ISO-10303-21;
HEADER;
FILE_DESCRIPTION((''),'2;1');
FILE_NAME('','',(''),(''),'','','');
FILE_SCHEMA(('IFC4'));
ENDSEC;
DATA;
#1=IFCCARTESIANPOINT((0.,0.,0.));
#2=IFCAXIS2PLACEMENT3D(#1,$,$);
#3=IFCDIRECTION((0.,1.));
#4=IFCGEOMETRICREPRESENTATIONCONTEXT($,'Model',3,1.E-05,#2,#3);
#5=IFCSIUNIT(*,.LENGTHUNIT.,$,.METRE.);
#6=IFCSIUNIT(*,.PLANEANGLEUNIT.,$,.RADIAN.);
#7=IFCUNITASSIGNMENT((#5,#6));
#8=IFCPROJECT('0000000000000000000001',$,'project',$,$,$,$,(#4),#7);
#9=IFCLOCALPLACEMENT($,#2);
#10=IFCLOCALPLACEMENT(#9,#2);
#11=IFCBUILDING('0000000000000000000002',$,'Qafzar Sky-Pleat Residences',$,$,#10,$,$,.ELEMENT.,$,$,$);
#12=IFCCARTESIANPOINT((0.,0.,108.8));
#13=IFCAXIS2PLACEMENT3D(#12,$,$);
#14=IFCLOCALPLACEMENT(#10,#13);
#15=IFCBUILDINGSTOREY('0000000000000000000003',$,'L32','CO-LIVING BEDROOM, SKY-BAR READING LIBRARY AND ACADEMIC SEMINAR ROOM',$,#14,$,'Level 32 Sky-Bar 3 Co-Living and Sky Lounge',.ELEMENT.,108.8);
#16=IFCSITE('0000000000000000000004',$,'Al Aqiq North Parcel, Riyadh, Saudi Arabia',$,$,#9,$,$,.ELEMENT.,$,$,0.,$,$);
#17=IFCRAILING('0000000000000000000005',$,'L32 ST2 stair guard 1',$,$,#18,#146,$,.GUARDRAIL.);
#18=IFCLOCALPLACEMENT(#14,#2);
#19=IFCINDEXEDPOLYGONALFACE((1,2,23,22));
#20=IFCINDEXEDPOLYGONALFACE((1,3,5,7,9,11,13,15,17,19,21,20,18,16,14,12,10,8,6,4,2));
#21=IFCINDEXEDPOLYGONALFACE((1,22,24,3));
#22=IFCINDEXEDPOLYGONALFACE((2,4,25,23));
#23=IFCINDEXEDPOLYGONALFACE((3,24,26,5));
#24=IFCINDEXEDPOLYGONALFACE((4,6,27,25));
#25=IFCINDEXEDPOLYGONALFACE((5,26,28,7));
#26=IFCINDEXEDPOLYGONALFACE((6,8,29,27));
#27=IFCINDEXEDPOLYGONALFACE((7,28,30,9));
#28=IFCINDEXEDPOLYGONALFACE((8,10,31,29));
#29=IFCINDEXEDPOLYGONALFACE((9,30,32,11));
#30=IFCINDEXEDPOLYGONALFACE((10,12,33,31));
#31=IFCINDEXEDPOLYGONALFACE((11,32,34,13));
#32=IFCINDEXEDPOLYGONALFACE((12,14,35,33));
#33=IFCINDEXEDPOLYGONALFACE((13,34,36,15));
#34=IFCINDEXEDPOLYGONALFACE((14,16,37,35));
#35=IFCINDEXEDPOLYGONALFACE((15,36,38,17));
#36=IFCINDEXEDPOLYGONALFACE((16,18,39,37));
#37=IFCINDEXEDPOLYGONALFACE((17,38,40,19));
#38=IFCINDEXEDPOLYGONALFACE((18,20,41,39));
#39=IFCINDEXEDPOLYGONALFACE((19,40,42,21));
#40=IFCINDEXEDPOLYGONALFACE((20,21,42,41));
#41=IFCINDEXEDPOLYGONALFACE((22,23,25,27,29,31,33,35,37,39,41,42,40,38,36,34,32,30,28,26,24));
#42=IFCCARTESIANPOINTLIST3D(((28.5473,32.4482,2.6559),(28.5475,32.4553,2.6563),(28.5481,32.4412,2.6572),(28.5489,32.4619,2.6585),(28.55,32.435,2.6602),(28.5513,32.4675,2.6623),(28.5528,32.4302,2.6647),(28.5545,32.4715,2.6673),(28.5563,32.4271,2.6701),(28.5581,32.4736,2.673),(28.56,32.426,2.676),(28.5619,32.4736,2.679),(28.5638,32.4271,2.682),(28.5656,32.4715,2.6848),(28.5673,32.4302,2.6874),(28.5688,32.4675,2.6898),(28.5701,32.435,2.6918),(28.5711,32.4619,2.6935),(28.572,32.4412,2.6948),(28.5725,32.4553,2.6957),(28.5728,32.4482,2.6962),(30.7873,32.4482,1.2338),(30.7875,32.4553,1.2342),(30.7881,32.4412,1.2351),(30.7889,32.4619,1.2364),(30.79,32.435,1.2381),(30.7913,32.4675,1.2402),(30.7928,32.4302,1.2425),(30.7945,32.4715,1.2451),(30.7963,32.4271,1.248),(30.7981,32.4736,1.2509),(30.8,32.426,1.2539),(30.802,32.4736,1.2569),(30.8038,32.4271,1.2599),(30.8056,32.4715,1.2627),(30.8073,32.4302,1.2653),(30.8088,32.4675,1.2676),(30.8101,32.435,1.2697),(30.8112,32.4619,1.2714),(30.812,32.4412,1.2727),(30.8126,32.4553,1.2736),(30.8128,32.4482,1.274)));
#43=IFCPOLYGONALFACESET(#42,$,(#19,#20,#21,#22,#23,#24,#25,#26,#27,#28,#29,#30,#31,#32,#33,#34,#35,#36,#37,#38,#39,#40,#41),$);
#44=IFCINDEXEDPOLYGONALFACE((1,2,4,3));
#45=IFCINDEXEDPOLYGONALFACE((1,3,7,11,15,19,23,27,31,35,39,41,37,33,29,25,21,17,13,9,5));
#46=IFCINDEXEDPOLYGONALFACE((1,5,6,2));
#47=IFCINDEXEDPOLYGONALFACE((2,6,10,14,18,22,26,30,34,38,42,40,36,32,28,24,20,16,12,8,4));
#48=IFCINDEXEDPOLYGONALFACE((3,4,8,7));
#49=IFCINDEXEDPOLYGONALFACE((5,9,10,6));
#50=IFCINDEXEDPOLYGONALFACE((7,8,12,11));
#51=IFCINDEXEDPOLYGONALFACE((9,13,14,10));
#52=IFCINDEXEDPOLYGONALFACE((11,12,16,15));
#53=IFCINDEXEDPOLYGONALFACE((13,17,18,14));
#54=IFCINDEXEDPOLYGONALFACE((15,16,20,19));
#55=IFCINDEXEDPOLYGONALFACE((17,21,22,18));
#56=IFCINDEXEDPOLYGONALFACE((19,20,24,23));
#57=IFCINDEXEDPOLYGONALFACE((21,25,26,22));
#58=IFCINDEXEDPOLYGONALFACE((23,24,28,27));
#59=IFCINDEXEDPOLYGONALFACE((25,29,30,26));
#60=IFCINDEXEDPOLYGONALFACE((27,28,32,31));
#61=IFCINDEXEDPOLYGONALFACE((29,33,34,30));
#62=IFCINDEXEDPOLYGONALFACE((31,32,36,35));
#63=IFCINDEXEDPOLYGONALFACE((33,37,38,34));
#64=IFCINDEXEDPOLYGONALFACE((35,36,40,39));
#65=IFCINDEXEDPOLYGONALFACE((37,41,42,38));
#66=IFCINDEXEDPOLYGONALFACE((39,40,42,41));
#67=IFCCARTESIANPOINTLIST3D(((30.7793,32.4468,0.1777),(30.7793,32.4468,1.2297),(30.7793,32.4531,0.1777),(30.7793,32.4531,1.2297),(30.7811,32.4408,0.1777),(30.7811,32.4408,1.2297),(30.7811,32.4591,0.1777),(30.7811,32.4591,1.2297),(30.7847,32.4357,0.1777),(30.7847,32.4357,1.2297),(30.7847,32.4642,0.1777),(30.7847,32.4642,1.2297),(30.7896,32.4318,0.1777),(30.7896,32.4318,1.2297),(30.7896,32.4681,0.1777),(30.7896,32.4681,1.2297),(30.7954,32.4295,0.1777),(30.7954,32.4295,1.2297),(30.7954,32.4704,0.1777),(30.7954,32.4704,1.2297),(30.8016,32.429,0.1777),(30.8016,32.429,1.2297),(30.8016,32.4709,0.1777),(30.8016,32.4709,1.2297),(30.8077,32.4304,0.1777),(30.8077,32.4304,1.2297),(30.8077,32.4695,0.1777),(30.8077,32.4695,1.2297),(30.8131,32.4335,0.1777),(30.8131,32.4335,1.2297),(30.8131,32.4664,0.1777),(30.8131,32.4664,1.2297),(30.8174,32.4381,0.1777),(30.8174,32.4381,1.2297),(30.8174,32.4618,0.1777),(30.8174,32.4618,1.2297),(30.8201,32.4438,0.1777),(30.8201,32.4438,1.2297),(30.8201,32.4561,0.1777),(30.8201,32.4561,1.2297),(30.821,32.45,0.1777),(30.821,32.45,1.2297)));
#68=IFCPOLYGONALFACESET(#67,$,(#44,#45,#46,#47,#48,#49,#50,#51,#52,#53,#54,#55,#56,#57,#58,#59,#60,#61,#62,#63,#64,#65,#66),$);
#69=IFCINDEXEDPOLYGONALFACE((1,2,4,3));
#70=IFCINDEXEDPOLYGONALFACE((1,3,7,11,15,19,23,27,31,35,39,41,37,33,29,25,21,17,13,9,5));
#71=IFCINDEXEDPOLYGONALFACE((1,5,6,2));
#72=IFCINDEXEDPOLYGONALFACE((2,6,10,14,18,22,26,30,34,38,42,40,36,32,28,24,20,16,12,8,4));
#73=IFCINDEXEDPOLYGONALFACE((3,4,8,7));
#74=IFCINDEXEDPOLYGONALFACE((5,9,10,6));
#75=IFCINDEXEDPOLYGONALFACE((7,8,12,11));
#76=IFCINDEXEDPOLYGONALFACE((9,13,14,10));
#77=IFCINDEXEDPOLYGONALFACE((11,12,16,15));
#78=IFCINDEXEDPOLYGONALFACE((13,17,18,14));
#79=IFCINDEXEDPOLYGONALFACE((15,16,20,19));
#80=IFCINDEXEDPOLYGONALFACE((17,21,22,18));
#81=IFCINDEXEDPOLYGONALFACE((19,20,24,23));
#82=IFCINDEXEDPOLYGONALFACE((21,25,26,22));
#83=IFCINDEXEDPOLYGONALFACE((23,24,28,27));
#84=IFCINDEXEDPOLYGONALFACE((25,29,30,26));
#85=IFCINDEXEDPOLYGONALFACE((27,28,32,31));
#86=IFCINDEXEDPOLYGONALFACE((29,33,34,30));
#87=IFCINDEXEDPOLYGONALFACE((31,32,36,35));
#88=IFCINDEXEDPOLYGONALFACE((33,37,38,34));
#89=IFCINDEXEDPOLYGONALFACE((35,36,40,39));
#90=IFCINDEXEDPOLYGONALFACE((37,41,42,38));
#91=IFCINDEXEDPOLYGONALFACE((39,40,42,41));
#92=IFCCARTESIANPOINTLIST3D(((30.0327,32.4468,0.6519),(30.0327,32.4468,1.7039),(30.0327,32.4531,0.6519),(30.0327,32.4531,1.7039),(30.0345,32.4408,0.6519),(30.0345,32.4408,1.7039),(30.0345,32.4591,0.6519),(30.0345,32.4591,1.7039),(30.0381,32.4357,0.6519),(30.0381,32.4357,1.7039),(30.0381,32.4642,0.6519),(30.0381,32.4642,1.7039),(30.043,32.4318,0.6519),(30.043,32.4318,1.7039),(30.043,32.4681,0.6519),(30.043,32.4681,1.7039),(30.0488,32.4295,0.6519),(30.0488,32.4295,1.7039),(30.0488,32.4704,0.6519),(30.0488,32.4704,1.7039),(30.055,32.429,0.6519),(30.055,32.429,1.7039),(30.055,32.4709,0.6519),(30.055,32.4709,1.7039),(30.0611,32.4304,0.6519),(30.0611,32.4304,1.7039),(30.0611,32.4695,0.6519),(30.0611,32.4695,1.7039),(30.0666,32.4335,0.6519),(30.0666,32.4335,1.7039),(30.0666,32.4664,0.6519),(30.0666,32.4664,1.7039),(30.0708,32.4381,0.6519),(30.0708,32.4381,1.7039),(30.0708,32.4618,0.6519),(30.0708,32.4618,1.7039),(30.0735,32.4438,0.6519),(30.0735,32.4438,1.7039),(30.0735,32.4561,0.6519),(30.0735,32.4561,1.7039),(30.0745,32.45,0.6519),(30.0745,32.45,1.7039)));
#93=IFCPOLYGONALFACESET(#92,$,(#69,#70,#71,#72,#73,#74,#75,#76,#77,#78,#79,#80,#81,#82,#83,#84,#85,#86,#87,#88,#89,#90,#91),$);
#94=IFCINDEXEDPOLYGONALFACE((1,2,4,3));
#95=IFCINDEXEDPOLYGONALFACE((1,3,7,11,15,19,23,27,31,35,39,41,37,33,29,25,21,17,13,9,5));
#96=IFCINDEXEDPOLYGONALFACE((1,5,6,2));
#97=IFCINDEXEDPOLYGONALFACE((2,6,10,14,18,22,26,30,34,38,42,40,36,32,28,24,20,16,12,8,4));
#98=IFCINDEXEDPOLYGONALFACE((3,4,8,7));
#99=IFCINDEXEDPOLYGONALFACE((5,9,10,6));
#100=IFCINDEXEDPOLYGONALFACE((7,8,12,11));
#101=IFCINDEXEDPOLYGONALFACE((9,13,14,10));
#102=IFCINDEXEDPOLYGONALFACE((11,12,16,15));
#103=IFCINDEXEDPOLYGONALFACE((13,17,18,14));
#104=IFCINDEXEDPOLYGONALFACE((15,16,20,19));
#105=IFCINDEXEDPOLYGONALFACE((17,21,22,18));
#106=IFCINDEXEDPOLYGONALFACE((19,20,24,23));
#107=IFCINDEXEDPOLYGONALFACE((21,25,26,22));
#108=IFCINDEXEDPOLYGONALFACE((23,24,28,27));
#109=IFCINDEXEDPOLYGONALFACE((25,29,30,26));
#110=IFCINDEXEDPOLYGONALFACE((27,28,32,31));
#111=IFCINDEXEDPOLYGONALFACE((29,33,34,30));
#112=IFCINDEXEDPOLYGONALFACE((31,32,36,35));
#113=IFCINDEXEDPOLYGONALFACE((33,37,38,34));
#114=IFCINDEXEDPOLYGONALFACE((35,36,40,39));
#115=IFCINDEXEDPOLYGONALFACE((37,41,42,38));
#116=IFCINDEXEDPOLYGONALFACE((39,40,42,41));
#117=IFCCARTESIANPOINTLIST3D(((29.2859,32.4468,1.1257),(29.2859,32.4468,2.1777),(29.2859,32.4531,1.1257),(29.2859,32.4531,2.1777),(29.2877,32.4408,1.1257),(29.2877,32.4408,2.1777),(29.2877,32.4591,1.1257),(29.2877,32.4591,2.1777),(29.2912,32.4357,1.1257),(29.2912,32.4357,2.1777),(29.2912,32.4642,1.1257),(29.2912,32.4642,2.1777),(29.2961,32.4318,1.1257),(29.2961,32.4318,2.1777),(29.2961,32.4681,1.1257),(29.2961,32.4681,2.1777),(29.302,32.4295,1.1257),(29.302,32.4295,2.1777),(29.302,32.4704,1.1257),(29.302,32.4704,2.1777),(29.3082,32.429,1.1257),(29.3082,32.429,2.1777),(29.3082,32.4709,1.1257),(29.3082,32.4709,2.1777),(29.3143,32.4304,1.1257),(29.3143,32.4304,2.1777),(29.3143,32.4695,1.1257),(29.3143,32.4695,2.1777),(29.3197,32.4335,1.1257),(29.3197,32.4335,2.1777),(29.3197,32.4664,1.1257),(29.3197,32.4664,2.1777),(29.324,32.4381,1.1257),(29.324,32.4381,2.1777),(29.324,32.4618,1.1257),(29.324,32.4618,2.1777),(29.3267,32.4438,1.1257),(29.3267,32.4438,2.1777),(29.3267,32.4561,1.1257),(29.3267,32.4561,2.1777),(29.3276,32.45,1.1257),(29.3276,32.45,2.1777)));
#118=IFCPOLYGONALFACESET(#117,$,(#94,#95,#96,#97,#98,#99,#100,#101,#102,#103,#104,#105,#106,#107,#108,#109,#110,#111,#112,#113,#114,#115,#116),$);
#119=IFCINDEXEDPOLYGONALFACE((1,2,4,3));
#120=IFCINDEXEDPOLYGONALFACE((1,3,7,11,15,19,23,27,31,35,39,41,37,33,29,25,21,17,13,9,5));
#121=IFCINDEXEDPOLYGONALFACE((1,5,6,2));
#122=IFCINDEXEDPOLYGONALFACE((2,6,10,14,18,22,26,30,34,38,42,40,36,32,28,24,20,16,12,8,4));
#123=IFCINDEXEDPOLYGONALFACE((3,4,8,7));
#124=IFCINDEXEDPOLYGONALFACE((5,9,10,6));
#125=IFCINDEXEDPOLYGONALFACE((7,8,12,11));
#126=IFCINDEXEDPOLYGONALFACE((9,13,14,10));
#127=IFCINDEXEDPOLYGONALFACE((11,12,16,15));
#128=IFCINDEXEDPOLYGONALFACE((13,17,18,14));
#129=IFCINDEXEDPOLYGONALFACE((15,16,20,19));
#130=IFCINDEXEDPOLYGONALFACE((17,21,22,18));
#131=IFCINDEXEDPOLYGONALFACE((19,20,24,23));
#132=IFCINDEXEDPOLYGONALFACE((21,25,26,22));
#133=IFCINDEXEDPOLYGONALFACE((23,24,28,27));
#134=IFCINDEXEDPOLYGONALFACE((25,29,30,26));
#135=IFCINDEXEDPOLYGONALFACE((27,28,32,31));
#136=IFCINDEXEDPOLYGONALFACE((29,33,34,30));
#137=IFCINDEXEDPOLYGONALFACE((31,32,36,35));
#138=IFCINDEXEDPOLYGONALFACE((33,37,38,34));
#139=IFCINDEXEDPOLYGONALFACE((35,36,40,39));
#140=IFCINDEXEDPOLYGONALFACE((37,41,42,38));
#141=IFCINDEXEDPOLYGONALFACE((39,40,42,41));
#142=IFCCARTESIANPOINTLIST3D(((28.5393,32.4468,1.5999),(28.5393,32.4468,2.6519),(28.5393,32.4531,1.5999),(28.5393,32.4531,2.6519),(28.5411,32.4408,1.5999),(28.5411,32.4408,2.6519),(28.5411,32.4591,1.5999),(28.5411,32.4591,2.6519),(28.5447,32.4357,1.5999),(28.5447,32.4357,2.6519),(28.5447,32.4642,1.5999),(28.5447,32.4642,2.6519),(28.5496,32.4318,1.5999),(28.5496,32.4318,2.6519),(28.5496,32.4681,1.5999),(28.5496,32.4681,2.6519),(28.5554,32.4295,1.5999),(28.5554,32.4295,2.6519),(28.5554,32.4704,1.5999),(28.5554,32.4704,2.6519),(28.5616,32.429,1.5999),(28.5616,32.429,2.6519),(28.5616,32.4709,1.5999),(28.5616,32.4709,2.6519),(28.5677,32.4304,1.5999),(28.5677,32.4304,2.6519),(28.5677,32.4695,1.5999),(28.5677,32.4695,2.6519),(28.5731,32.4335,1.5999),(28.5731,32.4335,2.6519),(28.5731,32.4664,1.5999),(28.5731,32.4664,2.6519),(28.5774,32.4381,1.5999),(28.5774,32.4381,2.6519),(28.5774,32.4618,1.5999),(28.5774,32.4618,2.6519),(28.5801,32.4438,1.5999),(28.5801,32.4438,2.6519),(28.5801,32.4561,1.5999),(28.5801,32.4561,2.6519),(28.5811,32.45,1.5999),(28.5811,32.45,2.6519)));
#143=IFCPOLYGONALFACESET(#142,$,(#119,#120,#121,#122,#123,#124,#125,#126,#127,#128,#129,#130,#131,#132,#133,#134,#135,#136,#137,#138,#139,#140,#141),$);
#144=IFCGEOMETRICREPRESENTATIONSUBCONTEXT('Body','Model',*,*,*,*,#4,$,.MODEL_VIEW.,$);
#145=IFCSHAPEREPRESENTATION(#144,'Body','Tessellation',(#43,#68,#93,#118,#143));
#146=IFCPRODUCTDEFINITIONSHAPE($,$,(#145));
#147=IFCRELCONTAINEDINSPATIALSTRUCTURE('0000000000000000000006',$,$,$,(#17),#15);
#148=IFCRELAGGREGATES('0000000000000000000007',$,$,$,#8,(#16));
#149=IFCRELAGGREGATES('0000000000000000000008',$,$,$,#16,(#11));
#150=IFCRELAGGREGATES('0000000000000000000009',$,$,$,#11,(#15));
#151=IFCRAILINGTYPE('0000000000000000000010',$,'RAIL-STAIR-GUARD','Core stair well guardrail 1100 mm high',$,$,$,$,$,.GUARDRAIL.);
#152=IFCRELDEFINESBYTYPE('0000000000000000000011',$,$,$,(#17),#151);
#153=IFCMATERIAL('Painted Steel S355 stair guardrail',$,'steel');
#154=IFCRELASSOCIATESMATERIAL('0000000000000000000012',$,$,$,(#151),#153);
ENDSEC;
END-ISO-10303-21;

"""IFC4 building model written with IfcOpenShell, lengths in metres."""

from ifc_helpers import new_model, si_unit, direction, frame, origin, origin_2d, place, context, subcontext, project, spatial, circle, extrude, source, transform, mapped, material, type_object, element, save


model = new_model("IFC4")

# Units and contexts
model_context = context("Model", 3, precision=1e-05, world=origin(), true_north=direction((0.0, 1.0)))
body_context = subcontext(model_context, "Body", "Model", "MODEL_VIEW")
ifc_project = project(units=[si_unit("LENGTHUNIT", "METRE"), si_unit("PLANEANGLEUNIT", "RADIAN")], contexts=[model_context])

# Site, building, storey
site_placement = place(None, origin())
site = spatial("IfcSite", under=ifc_project, at=site_placement, Name="Al Aqiq North Parcel, Riyadh, Saudi Arabia", CompositionType="ELEMENT", RefElevation=0.0)
building_placement = place(site_placement, origin())
building = spatial("IfcBuilding", under=site, at=building_placement, Name="Qafzar Sky-Pleat Residences", CompositionType="ELEMENT")
storey_placement = place(building_placement, frame((0.0, 0.0, 108.8)))
storey = spatial("IfcBuildingStorey", under=building, at=storey_placement, Name="L32", Description="CO-LIVING BEDROOM, SKY-BAR READING LIBRARY AND ACADEMIC SEMINAR ROOM", LongName="Level 32 Sky-Bar 3 Co-Living and Sky Lounge", CompositionType="ELEMENT", Elevation=108.8)

# Railing
ifc_material_1 = material(Name="Painted Steel S355 stair guardrail", Category="steel")
railing_type_1 = type_object("IfcRailingType", Name="RAIL-STAIR-GUARD", Description="Core stair well guardrail 1100 mm high", PredefinedType="GUARDRAIL", material=ifc_material_1)
shared_shape_1 = source(origin(), body_context, "Body", "SweptSolid", [
    extrude(circle(Radius=0.0239, at=origin_2d()), frame((0.0, 0.0, 1.0762), z_axis=(-0.844229, 0.0, 0.535982), x_axis=(0.0, -1.0, 0.0)), (0.0, 0.0, 1.0), 2.6533),
    extrude(circle(Radius=0.021, at=origin_2d()), origin(), (0.0, 0.0, 1.0), 1.052),
    extrude(circle(Radius=0.021, at=origin_2d()), frame((-0.7466, 0.0, 0.4741)), (0.0, 0.0, 1.0), 1.052),
    extrude(circle(Radius=0.021, at=origin_2d()), frame((-1.4934, 0.0, 0.948)), (0.0, 0.0, 1.0), 1.052),
    extrude(circle(Radius=0.021, at=origin_2d()), frame((-2.24, 0.0, 1.4221)), (0.0, 0.0, 1.0), 1.052),
])
railing_1_placement = place(storey_placement, frame((30.8, 32.45, 0.1777)))
element("IfcRailing", 1, at=railing_1_placement, inside=storey, type_object=railing_type_1, Name="L32 ST2 stair guard 1", PredefinedType="GUARDRAIL", context=body_context, shape_type="MappedRepresentation", body=[
    mapped(shared_shape_1, transform((0.0, 0.0, 0.0), x_axis=(1.0, 0.0, 0.0), y_axis=(0.0, 1.0, 0.0), z_axis=(0.0, 0.0, 1.0), scale=1.0)),
])

save(model, "model.ifc")
